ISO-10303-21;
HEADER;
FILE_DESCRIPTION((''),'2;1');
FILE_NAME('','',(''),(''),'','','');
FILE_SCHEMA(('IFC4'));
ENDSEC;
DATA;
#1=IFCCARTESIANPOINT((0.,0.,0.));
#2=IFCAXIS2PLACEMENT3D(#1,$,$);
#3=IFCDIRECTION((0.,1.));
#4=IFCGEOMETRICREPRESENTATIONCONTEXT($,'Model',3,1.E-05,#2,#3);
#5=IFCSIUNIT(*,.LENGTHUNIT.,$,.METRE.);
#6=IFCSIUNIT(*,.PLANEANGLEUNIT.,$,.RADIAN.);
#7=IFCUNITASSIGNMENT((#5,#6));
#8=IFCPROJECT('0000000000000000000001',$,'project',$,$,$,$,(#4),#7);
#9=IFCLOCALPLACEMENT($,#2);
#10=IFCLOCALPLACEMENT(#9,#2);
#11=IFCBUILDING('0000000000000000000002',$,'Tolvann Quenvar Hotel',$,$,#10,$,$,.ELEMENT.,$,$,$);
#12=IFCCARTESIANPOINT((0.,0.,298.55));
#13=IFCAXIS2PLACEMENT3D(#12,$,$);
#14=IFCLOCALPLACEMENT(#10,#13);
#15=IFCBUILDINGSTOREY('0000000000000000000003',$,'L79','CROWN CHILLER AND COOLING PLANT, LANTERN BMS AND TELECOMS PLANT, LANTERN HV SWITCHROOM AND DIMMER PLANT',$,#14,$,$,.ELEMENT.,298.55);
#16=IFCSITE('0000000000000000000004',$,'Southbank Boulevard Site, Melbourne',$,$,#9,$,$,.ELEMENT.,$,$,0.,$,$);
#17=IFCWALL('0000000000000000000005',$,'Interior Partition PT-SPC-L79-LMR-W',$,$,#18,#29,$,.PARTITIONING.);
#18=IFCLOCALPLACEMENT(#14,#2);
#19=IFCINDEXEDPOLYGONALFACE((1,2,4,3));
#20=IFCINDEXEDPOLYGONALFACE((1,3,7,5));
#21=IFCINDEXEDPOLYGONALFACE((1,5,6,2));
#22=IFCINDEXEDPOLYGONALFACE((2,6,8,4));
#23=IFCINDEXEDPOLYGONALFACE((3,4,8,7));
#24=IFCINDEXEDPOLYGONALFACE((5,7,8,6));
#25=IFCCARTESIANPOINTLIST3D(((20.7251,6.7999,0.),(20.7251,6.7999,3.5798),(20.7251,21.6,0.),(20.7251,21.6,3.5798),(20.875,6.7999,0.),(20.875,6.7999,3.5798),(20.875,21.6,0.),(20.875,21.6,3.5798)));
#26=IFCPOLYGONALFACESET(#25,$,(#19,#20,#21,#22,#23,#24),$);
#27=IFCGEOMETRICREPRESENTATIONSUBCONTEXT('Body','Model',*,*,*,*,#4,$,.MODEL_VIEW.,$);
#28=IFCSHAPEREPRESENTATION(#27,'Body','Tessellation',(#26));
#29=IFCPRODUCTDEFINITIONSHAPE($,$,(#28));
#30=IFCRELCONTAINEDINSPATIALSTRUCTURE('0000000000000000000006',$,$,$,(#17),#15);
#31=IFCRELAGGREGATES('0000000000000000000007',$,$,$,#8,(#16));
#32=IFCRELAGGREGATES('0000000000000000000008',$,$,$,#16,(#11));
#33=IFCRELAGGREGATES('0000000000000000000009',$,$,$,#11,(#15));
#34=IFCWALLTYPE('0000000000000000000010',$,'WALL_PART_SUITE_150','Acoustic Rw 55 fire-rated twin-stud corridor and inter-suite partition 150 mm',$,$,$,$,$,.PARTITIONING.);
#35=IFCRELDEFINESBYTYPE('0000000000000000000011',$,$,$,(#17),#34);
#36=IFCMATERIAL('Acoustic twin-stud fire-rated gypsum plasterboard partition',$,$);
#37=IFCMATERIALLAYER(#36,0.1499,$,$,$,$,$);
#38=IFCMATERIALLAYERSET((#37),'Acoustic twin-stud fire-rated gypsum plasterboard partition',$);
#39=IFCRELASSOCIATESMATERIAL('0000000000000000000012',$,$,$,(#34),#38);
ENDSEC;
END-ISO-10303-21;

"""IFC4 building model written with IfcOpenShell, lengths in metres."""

from ifc_helpers import new_model, si_unit, direction, frame, frame_2d, origin, place, context, subcontext, project, spatial, rectangle, extrude, material, layer, layer_set, type_object, element, save


model = new_model("IFC4")

# Units and contexts
model_context = context("Model", 3, precision=1e-05, world=origin(), true_north=direction((0.0, 1.0)))
body_context = subcontext(model_context, "Body", "Model", "MODEL_VIEW")
ifc_project = project(units=[si_unit("LENGTHUNIT", "METRE"), si_unit("PLANEANGLEUNIT", "RADIAN")], contexts=[model_context])

# Site, building, storey
site_placement = place(None, origin())
site = spatial("IfcSite", under=ifc_project, at=site_placement, Name="Southbank Boulevard Site, Melbourne", CompositionType="ELEMENT", RefElevation=0.0)
building_placement = place(site_placement, origin())
building = spatial("IfcBuilding", under=site, at=building_placement, Name="Tolvann Quenvar Hotel", CompositionType="ELEMENT")
storey_placement = place(building_placement, frame((0.0, 0.0, 298.55)))
storey = spatial("IfcBuildingStorey", under=building, at=storey_placement, Name="L79", Description="CROWN CHILLER AND COOLING PLANT, LANTERN BMS AND TELECOMS PLANT, LANTERN HV SWITCHROOM AND DIMMER PLANT", CompositionType="ELEMENT", Elevation=298.55)

# Shared definitions
ifc_material_1 = material(Name="Acoustic twin-stud fire-rated gypsum plasterboard partition")
ifc_layer_1 = layer(ifc_material_1, 0.1499)
ifc_layer_set_1 = layer_set([ifc_layer_1], Name="Acoustic twin-stud fire-rated gypsum plasterboard partition")
wall_type = type_object("IfcWallType", Name="WALL_PART_SUITE_150", Description="Acoustic Rw 55 fire-rated twin-stud corridor and inter-suite partition 150 mm", PredefinedType="PARTITIONING", material=ifc_layer_set_1)

# Wall
wall_1_placement = place(storey_placement, frame((20.8, 6.8, 0.0), z_axis=(0.0, 0.0, 1.0), x_axis=(0.0, 1.0, 0.0)))
element("IfcWall", 1, at=wall_1_placement, inside=storey, type_object=wall_type, Name="Interior Partition PT-SPC-L79-LMR-W", PredefinedType="PARTITIONING", context=body_context, shape_type="SweptSolid", body=[
    extrude(rectangle(XDim=14.8, YDim=0.1499, at=frame_2d((7.3999, 0.0))), origin(), (0.0, 0.0, 1.0), 3.5798),
])

save(model, "model.ifc")
